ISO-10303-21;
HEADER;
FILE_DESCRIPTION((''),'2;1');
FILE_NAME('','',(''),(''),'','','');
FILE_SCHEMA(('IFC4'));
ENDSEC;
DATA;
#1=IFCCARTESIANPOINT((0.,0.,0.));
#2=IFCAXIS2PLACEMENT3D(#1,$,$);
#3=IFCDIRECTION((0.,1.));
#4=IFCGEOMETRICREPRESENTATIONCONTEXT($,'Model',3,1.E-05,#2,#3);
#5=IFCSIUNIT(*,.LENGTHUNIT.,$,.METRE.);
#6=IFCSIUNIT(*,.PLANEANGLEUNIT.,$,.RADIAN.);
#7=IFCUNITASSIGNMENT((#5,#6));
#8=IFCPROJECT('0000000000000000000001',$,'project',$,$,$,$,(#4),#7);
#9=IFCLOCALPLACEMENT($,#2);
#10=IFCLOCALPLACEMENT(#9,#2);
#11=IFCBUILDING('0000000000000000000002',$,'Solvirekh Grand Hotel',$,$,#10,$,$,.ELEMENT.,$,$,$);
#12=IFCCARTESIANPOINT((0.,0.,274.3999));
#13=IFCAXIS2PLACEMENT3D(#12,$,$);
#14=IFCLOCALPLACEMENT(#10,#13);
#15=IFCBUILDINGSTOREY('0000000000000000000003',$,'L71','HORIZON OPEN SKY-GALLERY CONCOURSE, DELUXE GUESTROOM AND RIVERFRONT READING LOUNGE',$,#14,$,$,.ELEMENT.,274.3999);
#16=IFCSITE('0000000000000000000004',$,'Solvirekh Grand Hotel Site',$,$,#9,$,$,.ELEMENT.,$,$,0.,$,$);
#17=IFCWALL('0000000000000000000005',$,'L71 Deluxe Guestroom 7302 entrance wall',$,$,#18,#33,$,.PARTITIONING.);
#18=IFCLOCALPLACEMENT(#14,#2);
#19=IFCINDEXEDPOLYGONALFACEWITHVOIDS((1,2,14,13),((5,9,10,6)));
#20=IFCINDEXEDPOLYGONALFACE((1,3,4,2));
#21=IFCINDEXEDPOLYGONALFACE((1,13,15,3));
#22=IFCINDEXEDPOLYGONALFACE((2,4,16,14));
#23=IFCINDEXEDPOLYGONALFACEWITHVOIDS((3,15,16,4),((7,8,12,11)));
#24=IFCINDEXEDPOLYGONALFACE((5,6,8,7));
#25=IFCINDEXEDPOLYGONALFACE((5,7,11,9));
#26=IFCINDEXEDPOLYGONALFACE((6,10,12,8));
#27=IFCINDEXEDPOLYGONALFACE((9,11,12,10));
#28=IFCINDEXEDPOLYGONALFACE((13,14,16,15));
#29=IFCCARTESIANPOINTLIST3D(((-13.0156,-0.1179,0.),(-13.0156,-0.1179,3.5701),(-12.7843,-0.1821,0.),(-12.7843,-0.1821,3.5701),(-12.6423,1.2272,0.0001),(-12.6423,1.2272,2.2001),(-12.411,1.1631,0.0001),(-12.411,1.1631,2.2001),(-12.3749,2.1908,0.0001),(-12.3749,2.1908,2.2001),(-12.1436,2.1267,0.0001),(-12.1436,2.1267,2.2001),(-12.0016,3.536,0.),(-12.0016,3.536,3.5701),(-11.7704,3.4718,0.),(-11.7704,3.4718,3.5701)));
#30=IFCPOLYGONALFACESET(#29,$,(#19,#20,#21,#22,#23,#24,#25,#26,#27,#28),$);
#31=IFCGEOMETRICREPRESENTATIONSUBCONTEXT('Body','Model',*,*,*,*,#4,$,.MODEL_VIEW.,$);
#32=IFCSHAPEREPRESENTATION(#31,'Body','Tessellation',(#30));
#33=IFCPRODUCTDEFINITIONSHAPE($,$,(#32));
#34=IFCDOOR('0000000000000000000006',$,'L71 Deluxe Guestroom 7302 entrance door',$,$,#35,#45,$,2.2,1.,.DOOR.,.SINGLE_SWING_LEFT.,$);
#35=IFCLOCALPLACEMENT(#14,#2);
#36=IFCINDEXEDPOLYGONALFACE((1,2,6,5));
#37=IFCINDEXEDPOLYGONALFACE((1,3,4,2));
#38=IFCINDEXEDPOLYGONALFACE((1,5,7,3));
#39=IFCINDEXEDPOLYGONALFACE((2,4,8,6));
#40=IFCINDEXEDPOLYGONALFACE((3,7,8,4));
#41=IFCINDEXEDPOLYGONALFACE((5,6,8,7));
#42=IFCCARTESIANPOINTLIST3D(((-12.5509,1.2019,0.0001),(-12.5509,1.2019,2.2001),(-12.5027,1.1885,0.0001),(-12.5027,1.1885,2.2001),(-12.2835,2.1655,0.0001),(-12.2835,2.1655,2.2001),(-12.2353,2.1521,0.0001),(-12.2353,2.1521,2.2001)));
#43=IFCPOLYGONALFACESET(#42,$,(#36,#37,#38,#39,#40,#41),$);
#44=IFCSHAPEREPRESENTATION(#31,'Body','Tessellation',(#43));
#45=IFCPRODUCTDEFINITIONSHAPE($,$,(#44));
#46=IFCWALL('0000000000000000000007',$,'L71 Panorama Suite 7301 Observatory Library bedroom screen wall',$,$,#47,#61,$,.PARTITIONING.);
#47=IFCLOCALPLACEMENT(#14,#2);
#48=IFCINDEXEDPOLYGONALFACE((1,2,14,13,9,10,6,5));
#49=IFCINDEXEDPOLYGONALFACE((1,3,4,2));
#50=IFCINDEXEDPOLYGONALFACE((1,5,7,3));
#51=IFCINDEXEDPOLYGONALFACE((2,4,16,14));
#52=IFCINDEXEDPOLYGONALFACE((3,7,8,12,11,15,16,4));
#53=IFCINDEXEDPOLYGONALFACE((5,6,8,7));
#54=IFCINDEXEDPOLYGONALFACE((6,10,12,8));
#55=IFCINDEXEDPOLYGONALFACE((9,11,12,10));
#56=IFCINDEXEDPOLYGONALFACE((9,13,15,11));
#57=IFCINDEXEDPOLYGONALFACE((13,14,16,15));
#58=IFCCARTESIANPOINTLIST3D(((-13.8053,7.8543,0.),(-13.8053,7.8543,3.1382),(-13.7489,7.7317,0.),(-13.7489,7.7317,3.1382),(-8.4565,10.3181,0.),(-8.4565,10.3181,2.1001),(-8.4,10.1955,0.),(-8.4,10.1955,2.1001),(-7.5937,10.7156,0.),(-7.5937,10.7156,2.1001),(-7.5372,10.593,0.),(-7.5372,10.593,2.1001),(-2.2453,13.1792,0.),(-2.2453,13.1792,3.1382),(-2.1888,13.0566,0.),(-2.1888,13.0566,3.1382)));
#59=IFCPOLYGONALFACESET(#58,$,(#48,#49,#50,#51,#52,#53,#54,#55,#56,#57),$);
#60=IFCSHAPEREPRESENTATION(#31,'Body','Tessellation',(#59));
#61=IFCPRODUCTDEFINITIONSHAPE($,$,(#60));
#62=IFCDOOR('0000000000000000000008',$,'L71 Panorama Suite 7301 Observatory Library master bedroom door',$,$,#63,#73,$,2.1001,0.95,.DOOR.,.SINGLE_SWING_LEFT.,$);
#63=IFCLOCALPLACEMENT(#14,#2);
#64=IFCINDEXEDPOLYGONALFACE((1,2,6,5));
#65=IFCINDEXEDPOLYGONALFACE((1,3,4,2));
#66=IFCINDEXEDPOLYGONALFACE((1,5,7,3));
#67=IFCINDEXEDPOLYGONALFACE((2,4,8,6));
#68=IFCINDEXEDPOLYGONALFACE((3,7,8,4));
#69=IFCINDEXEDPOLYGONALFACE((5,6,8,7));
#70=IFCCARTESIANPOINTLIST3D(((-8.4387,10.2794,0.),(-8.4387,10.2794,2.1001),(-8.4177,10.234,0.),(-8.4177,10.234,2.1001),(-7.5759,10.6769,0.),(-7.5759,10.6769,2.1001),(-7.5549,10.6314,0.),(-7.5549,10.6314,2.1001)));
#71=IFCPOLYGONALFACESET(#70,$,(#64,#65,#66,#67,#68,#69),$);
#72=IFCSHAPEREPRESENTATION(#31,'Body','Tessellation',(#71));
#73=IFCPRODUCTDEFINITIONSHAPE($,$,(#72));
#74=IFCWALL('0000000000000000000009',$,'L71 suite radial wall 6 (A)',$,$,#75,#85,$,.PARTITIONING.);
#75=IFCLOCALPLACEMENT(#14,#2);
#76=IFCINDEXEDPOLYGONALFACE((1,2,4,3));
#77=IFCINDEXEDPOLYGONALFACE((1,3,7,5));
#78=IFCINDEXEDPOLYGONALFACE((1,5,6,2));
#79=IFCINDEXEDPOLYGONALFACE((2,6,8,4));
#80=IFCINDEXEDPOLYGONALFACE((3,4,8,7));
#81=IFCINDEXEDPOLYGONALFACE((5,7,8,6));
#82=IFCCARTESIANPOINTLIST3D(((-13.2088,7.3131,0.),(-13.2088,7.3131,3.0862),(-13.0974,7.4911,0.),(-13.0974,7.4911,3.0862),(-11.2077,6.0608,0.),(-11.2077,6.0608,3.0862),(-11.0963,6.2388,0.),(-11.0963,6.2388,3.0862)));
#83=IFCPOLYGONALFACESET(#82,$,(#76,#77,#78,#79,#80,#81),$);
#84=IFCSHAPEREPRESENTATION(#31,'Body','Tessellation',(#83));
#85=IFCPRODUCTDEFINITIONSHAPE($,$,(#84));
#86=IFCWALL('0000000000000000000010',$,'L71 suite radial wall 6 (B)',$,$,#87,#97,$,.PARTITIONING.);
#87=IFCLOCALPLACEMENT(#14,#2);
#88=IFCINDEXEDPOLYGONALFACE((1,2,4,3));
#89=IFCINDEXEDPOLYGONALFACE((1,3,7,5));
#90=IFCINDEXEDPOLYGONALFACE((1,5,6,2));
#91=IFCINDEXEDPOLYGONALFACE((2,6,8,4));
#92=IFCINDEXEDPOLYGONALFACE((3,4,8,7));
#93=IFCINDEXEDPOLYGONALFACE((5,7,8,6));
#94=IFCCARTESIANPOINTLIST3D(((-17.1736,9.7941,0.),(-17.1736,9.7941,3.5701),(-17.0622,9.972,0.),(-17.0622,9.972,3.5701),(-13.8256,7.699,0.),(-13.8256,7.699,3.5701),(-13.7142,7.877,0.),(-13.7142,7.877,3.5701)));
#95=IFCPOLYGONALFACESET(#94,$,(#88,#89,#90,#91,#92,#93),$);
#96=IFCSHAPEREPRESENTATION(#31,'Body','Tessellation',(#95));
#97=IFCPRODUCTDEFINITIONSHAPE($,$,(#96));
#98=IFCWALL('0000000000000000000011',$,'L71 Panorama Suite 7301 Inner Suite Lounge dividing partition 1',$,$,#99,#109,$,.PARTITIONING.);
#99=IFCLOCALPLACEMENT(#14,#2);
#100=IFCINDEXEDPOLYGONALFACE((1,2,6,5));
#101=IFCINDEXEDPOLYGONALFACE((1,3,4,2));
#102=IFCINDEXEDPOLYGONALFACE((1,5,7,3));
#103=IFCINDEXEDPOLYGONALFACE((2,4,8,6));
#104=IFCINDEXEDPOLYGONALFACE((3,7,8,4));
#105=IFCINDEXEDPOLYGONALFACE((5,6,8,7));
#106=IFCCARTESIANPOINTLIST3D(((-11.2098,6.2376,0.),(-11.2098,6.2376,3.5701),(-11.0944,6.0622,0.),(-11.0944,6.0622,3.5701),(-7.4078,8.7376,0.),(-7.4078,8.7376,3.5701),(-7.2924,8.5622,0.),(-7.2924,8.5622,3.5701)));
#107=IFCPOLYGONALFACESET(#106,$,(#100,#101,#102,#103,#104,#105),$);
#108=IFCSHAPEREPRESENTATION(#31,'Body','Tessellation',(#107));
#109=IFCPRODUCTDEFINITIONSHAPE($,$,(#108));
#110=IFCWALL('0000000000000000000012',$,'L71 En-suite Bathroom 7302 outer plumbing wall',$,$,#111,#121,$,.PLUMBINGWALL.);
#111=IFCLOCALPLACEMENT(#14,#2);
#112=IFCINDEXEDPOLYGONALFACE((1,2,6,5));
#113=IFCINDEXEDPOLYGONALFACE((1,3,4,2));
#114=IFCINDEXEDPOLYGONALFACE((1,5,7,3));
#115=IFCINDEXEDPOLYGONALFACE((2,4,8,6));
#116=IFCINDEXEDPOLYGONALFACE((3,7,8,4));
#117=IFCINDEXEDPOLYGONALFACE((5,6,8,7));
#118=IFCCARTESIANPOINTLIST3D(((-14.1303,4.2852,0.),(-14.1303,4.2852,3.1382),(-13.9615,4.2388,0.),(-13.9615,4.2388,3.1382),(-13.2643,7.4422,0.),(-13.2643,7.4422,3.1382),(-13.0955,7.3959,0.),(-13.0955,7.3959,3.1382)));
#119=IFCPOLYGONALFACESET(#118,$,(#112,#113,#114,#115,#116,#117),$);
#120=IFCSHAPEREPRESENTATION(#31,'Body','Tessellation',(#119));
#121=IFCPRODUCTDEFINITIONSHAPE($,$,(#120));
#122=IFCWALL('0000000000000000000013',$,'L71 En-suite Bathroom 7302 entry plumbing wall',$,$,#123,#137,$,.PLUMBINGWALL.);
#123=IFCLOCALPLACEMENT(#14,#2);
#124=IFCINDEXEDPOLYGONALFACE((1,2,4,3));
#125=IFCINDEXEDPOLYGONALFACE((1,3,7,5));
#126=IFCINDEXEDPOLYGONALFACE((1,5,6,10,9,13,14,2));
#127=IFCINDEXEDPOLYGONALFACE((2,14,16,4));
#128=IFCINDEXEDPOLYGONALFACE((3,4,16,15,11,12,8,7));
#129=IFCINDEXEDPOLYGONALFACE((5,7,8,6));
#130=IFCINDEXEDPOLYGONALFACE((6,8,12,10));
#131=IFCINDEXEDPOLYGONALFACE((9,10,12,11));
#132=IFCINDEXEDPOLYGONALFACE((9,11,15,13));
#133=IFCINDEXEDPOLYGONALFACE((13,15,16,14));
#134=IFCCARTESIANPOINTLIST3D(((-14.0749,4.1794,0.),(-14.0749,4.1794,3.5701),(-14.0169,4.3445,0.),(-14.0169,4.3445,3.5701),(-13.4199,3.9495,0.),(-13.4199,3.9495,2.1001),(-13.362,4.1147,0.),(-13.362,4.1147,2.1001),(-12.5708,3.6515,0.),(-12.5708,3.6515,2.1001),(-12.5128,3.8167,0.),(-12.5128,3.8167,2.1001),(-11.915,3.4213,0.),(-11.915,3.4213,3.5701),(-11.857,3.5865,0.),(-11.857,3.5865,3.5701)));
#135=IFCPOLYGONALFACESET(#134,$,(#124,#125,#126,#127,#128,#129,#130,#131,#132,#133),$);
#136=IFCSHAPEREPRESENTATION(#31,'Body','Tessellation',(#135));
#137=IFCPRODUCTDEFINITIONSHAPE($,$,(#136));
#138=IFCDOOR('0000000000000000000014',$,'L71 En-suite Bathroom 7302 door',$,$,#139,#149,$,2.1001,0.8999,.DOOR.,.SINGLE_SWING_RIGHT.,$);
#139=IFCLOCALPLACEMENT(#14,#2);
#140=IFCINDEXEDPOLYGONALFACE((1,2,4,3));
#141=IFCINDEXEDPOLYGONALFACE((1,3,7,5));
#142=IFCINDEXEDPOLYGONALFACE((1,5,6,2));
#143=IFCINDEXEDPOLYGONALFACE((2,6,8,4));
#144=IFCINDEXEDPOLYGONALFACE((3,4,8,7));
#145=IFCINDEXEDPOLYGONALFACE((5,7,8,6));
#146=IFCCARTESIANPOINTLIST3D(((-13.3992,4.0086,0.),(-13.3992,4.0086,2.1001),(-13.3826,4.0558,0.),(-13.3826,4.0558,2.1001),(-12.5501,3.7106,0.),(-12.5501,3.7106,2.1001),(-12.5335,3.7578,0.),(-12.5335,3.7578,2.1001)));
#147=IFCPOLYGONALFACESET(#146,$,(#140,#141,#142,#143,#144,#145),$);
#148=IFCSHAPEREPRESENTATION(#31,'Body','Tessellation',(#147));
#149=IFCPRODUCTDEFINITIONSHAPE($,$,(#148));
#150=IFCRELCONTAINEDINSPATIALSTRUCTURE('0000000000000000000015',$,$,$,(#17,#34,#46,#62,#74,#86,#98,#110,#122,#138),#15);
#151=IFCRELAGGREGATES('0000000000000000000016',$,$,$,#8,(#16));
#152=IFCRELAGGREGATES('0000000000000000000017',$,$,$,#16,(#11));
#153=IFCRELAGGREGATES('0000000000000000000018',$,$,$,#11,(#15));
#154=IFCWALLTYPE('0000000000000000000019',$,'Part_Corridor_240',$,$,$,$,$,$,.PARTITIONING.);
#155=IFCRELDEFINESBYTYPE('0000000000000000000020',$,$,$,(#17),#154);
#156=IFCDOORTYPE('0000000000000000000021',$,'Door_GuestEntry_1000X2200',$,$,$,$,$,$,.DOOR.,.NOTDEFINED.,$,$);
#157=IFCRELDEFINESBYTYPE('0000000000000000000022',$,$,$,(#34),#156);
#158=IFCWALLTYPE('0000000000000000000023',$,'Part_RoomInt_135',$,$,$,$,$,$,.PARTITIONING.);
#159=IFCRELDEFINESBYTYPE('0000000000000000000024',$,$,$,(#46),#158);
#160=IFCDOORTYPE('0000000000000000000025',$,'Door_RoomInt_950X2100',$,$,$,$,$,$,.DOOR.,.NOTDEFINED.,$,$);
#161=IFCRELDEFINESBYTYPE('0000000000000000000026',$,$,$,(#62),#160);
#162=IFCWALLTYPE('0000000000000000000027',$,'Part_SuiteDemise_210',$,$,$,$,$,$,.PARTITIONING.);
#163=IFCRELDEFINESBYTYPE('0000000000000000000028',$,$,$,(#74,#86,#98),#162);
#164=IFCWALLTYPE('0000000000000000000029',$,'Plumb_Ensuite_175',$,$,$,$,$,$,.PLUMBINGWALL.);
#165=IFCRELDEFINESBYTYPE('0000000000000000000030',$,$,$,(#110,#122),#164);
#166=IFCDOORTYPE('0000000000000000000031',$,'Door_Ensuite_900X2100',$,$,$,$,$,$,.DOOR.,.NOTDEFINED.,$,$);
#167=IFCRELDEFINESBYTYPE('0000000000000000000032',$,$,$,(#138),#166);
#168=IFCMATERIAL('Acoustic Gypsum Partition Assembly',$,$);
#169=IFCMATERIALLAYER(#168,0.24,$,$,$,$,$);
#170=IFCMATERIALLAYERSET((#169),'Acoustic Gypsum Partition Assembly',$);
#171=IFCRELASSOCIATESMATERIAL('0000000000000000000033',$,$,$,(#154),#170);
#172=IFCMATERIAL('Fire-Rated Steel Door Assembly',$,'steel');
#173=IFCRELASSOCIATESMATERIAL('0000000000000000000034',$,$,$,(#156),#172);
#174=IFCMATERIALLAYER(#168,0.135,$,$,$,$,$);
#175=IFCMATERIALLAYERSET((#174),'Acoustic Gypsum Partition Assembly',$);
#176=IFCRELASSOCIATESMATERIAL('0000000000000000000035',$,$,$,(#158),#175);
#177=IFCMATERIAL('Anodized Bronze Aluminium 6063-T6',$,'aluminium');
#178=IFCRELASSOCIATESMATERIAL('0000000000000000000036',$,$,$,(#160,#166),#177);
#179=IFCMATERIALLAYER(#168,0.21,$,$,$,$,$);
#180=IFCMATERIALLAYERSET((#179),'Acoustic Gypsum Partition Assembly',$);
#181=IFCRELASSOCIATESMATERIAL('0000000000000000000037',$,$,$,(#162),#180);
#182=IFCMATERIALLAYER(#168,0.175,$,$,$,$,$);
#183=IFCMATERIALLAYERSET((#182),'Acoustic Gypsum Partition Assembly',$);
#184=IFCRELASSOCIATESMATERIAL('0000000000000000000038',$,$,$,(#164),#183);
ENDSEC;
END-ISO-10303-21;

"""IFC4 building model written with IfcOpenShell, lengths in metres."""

from ifc_helpers import new_model, si_unit, direction, frame, frame_2d, origin, place, context, subcontext, project, spatial, rectangle, extrude, material, layer, layer_set, type_object, element, fill, save


model = new_model("IFC4")

# Units and contexts
model_context = context("Model", 3, precision=1e-05, world=origin(), true_north=direction((0.0, 1.0)))
body_context = subcontext(model_context, "Body", "Model", "MODEL_VIEW")
ifc_project = project(units=[si_unit("LENGTHUNIT", "METRE"), si_unit("PLANEANGLEUNIT", "RADIAN")], contexts=[model_context])

# Site, building, storey
site_placement = place(None, origin())
site = spatial("IfcSite", under=ifc_project, at=site_placement, Name="Solvirekh Grand Hotel Site", CompositionType="ELEMENT", RefElevation=0.0)
building_placement = place(site_placement, origin())
building = spatial("IfcBuilding", under=site, at=building_placement, Name="Solvirekh Grand Hotel", CompositionType="ELEMENT")
storey_placement = place(building_placement, frame((0.0, 0.0, 274.3999)))
storey = spatial("IfcBuildingStorey", under=building, at=storey_placement, Name="L71", Description="HORIZON OPEN SKY-GALLERY CONCOURSE, DELUXE GUESTROOM AND RIVERFRONT READING LOUNGE", CompositionType="ELEMENT", Elevation=274.3999)

# Shared definitions
ifc_material_1 = material(Name="Anodized Bronze Aluminium 6063-T6", Category="aluminium")

# Shared definitions
ifc_material_2 = material(Name="Acoustic Gypsum Partition Assembly")
ifc_layer_1 = layer(ifc_material_2, 0.24)
ifc_layer_set_1 = layer_set([ifc_layer_1], Name="Acoustic Gypsum Partition Assembly")
wall_type_1 = type_object("IfcWallType", Name="Part_Corridor_240", PredefinedType="PARTITIONING", material=ifc_layer_set_1)

# Walls, openings, doors
wall_1_placement = place(storey_placement, frame((-11.886, 3.5039, 0.0), z_axis=(0.0, 0.0, 1.0), x_axis=(-0.267391, -0.963588, 0.0)))
wall_1 = element("IfcWall", 1, at=wall_1_placement, inside=storey, type_object=wall_type_1, Name="L71 Deluxe Guestroom 7302 entrance wall", PredefinedType="PARTITIONING", context=body_context, shape_type="SweptSolid", body=[
    extrude(rectangle(XDim=3.792, YDim=0.24, at=frame_2d((1.896, 0.0))), origin(), (0.0, 0.0, 1.0), 3.5701),
])
opening_1_placement = place(wall_1_placement, frame((1.396, 0.0, 0.0)))
opening_1 = element("IfcOpeningElement", 2, at=opening_1_placement, cuts=wall_1, PredefinedType="OPENING", context=body_context, shape_type="SweptSolid", body=[
    extrude(rectangle(XDim=1.0, YDim=2.2, at=frame_2d((0.5, 1.1001))), frame((0.0, 0.1299, 0.0), z_axis=(0.0, -1.0, 0.0), x_axis=(1.0, 0.0, 0.0)), (0.0, 0.0, 1.0), 0.26),
])
ifc_material_3 = material(Name="Fire-Rated Steel Door Assembly", Category="steel")
door_type_1 = type_object("IfcDoorType", Name="Door_GuestEntry_1000X2200", OperationType="NOTDEFINED", PredefinedType="DOOR", material=ifc_material_3)
door_1_placement = place(opening_1_placement, origin())
door_1 = element("IfcDoor", 3, at=door_1_placement, inside=storey, type_object=door_type_1, Name="L71 Deluxe Guestroom 7302 entrance door", OperationType="SINGLE_SWING_LEFT", OverallHeight=2.2, OverallWidth=1.0, PredefinedType="DOOR", context=body_context, shape_type="SweptSolid", body=[
    extrude(rectangle(XDim=1.0, YDim=2.2, at=frame_2d((0.5, 1.1001))), frame((0.0, 0.0249, 0.0), z_axis=(0.0, -1.0, 0.0), x_axis=(1.0, 0.0, 0.0)), (0.0, 0.0, 1.0), 0.05),
])
fill(opening_1, door_1)
ifc_layer_2 = layer(ifc_material_2, 0.135)
ifc_layer_set_2 = layer_set([ifc_layer_2], Name="Acoustic Gypsum Partition Assembly")
wall_type_2 = type_object("IfcWallType", Name="Part_RoomInt_135", PredefinedType="PARTITIONING", material=ifc_layer_set_2)
wall_2_placement = place(storey_placement, frame((-13.7771, 7.793, 0.0), z_axis=(0.0, 0.0, 1.0), x_axis=(0.908272, 0.418381, 0.0)))
wall_2 = element("IfcWall", 4, at=wall_2_placement, inside=storey, type_object=wall_type_2, Name="L71 Panorama Suite 7301 Observatory Library bedroom screen wall", PredefinedType="PARTITIONING", context=body_context, shape_type="SweptSolid", body=[
    extrude(rectangle(XDim=12.7275, YDim=0.135, at=frame_2d((6.3638, 0.0))), origin(), (0.0, 0.0, 1.0), 3.1382),
])
opening_2_placement = place(wall_2_placement, frame((5.8889, 0.0, 0.0)))
opening_2 = element("IfcOpeningElement", 5, at=opening_2_placement, cuts=wall_2, PredefinedType="OPENING", context=body_context, shape_type="SweptSolid", body=[
    extrude(rectangle(XDim=0.95, YDim=2.1001, at=frame_2d((0.4751, 1.05))), frame((0.0, 0.0776, 0.0), z_axis=(0.0, -1.0, 0.0), x_axis=(1.0, 0.0, 0.0)), (0.0, 0.0, 1.0), 0.155),
])
door_type_2 = type_object("IfcDoorType", Name="Door_RoomInt_950X2100", OperationType="NOTDEFINED", PredefinedType="DOOR", material=ifc_material_1)
door_2_placement = place(opening_2_placement, origin())
door_2 = element("IfcDoor", 6, at=door_2_placement, inside=storey, type_object=door_type_2, Name="L71 Panorama Suite 7301 Observatory Library master bedroom door", OperationType="SINGLE_SWING_LEFT", OverallHeight=2.1001, OverallWidth=0.95, PredefinedType="DOOR", context=body_context, shape_type="SweptSolid", body=[
    extrude(rectangle(XDim=0.95, YDim=2.1001, at=frame_2d((0.4751, 1.05))), frame((0.0, 0.0249, 0.0), z_axis=(0.0, -1.0, 0.0), x_axis=(1.0, 0.0, 0.0)), (0.0, 0.0, 1.0), 0.05),
])
fill(opening_2, door_2)

# Walls
ifc_layer_3 = layer(ifc_material_2, 0.21)
ifc_layer_set_3 = layer_set([ifc_layer_3], Name="Acoustic Gypsum Partition Assembly")
wall_type_3 = type_object("IfcWallType", Name="Part_SuiteDemise_210", PredefinedType="PARTITIONING", material=ifc_layer_set_3)
wall_3_placement = place(storey_placement, frame((-11.1521, 6.1499, 0.0), z_axis=(0.0, 0.0, 1.0), x_axis=(-0.847696, 0.530482, 0.0)))
element("IfcWall", 7, at=wall_3_placement, inside=storey, type_object=wall_type_3, Name="L71 suite radial wall 6 (A)", PredefinedType="PARTITIONING", context=body_context, shape_type="SweptSolid", body=[
    extrude(rectangle(XDim=2.3606, YDim=0.21, at=frame_2d((1.1802, 0.0))), origin(), (0.0, 0.0, 1.0), 3.0862),
])
wall_4_placement = place(storey_placement, frame((-13.77, 7.7881, 0.0), z_axis=(0.0, 0.0, 1.0), x_axis=(-0.84771, 0.53046, 0.0)))
element("IfcWall", 8, at=wall_4_placement, inside=storey, type_object=wall_type_3, Name="L71 suite radial wall 6 (B)", PredefinedType="PARTITIONING", context=body_context, shape_type="SweptSolid", body=[
    extrude(rectangle(XDim=3.9495, YDim=0.21, at=frame_2d((1.9746, 0.0))), origin(), (0.0, 0.0, 1.0), 3.5701),
])
wall_5_placement = place(storey_placement, frame((-11.1521, 6.1499, 0.0), z_axis=(0.0, 0.0, 1.0), x_axis=(0.83555, 0.549414, 0.0)))
element("IfcWall", 9, at=wall_5_placement, inside=storey, type_object=wall_type_3, Name="L71 Panorama Suite 7301 Inner Suite Lounge dividing partition 1", PredefinedType="PARTITIONING", context=body_context, shape_type="SweptSolid", body=[
    extrude(rectangle(XDim=4.5503, YDim=0.21, at=frame_2d((2.2751, 0.0))), origin(), (0.0, 0.0, 1.0), 3.5701),
])
ifc_layer_4 = layer(ifc_material_2, 0.175)
ifc_layer_set_4 = layer_set([ifc_layer_4], Name="Acoustic Gypsum Partition Assembly")
wall_type_4 = type_object("IfcWallType", Name="Plumb_Ensuite_175", PredefinedType="PLUMBINGWALL", material=ifc_layer_set_4)
wall_6_placement = place(storey_placement, frame((-13.1799, 7.4189, 0.0), z_axis=(0.0, 0.0, 1.0), x_axis=(-0.264531, -0.964377, 0.0)))
element("IfcWall", 10, at=wall_6_placement, inside=storey, type_object=wall_type_4, Name="L71 En-suite Bathroom 7302 outer plumbing wall", PredefinedType="PLUMBINGWALL", context=body_context, shape_type="SweptSolid", body=[
    extrude(rectangle(XDim=3.2737, YDim=0.175, at=frame_2d((1.6367, 0.0))), origin(), (0.0, 0.0, 1.0), 3.1382),
])

# Wall, opening, door
wall_7_placement = place(storey_placement, frame((-11.886, 3.5039, 0.0), z_axis=(0.0, 0.0, 1.0), x_axis=(-0.943574, 0.331163, 0.0)))
wall_7 = element("IfcWall", 11, at=wall_7_placement, inside=storey, type_object=wall_type_4, Name="L71 En-suite Bathroom 7302 entry plumbing wall", PredefinedType="PLUMBINGWALL", context=body_context, shape_type="SweptSolid", body=[
    extrude(rectangle(XDim=2.2891, YDim=0.175, at=frame_2d((1.1445, 0.0))), origin(), (0.0, 0.0, 1.0), 3.5701),
])
opening_3_placement = place(wall_7_placement, frame((0.6951, 0.0, 0.0)))
opening_3 = element("IfcOpeningElement", 12, at=opening_3_placement, cuts=wall_7, PredefinedType="OPENING", context=body_context, shape_type="SweptSolid", body=[
    extrude(rectangle(XDim=0.8999, YDim=2.1001, at=frame_2d((0.45, 1.05))), frame((0.0, 0.0977, 0.0), z_axis=(0.0, -1.0, 0.0), x_axis=(1.0, 0.0, 0.0)), (0.0, 0.0, 1.0), 0.1951),
])
door_type_3 = type_object("IfcDoorType", Name="Door_Ensuite_900X2100", OperationType="NOTDEFINED", PredefinedType="DOOR", material=ifc_material_1)
door_3_placement = place(opening_3_placement, origin())
door_3 = element("IfcDoor", 13, at=door_3_placement, inside=storey, type_object=door_type_3, Name="L71 En-suite Bathroom 7302 door", OperationType="SINGLE_SWING_RIGHT", OverallHeight=2.1001, OverallWidth=0.8999, PredefinedType="DOOR", context=body_context, shape_type="SweptSolid", body=[
    extrude(rectangle(XDim=0.8999, YDim=2.1001, at=frame_2d((0.45, 1.05))), frame((0.0, 0.0249, 0.0), z_axis=(0.0, -1.0, 0.0), x_axis=(1.0, 0.0, 0.0)), (0.0, 0.0, 1.0), 0.05),
])
fill(opening_3, door_3)

save(model, "model.ifc")
